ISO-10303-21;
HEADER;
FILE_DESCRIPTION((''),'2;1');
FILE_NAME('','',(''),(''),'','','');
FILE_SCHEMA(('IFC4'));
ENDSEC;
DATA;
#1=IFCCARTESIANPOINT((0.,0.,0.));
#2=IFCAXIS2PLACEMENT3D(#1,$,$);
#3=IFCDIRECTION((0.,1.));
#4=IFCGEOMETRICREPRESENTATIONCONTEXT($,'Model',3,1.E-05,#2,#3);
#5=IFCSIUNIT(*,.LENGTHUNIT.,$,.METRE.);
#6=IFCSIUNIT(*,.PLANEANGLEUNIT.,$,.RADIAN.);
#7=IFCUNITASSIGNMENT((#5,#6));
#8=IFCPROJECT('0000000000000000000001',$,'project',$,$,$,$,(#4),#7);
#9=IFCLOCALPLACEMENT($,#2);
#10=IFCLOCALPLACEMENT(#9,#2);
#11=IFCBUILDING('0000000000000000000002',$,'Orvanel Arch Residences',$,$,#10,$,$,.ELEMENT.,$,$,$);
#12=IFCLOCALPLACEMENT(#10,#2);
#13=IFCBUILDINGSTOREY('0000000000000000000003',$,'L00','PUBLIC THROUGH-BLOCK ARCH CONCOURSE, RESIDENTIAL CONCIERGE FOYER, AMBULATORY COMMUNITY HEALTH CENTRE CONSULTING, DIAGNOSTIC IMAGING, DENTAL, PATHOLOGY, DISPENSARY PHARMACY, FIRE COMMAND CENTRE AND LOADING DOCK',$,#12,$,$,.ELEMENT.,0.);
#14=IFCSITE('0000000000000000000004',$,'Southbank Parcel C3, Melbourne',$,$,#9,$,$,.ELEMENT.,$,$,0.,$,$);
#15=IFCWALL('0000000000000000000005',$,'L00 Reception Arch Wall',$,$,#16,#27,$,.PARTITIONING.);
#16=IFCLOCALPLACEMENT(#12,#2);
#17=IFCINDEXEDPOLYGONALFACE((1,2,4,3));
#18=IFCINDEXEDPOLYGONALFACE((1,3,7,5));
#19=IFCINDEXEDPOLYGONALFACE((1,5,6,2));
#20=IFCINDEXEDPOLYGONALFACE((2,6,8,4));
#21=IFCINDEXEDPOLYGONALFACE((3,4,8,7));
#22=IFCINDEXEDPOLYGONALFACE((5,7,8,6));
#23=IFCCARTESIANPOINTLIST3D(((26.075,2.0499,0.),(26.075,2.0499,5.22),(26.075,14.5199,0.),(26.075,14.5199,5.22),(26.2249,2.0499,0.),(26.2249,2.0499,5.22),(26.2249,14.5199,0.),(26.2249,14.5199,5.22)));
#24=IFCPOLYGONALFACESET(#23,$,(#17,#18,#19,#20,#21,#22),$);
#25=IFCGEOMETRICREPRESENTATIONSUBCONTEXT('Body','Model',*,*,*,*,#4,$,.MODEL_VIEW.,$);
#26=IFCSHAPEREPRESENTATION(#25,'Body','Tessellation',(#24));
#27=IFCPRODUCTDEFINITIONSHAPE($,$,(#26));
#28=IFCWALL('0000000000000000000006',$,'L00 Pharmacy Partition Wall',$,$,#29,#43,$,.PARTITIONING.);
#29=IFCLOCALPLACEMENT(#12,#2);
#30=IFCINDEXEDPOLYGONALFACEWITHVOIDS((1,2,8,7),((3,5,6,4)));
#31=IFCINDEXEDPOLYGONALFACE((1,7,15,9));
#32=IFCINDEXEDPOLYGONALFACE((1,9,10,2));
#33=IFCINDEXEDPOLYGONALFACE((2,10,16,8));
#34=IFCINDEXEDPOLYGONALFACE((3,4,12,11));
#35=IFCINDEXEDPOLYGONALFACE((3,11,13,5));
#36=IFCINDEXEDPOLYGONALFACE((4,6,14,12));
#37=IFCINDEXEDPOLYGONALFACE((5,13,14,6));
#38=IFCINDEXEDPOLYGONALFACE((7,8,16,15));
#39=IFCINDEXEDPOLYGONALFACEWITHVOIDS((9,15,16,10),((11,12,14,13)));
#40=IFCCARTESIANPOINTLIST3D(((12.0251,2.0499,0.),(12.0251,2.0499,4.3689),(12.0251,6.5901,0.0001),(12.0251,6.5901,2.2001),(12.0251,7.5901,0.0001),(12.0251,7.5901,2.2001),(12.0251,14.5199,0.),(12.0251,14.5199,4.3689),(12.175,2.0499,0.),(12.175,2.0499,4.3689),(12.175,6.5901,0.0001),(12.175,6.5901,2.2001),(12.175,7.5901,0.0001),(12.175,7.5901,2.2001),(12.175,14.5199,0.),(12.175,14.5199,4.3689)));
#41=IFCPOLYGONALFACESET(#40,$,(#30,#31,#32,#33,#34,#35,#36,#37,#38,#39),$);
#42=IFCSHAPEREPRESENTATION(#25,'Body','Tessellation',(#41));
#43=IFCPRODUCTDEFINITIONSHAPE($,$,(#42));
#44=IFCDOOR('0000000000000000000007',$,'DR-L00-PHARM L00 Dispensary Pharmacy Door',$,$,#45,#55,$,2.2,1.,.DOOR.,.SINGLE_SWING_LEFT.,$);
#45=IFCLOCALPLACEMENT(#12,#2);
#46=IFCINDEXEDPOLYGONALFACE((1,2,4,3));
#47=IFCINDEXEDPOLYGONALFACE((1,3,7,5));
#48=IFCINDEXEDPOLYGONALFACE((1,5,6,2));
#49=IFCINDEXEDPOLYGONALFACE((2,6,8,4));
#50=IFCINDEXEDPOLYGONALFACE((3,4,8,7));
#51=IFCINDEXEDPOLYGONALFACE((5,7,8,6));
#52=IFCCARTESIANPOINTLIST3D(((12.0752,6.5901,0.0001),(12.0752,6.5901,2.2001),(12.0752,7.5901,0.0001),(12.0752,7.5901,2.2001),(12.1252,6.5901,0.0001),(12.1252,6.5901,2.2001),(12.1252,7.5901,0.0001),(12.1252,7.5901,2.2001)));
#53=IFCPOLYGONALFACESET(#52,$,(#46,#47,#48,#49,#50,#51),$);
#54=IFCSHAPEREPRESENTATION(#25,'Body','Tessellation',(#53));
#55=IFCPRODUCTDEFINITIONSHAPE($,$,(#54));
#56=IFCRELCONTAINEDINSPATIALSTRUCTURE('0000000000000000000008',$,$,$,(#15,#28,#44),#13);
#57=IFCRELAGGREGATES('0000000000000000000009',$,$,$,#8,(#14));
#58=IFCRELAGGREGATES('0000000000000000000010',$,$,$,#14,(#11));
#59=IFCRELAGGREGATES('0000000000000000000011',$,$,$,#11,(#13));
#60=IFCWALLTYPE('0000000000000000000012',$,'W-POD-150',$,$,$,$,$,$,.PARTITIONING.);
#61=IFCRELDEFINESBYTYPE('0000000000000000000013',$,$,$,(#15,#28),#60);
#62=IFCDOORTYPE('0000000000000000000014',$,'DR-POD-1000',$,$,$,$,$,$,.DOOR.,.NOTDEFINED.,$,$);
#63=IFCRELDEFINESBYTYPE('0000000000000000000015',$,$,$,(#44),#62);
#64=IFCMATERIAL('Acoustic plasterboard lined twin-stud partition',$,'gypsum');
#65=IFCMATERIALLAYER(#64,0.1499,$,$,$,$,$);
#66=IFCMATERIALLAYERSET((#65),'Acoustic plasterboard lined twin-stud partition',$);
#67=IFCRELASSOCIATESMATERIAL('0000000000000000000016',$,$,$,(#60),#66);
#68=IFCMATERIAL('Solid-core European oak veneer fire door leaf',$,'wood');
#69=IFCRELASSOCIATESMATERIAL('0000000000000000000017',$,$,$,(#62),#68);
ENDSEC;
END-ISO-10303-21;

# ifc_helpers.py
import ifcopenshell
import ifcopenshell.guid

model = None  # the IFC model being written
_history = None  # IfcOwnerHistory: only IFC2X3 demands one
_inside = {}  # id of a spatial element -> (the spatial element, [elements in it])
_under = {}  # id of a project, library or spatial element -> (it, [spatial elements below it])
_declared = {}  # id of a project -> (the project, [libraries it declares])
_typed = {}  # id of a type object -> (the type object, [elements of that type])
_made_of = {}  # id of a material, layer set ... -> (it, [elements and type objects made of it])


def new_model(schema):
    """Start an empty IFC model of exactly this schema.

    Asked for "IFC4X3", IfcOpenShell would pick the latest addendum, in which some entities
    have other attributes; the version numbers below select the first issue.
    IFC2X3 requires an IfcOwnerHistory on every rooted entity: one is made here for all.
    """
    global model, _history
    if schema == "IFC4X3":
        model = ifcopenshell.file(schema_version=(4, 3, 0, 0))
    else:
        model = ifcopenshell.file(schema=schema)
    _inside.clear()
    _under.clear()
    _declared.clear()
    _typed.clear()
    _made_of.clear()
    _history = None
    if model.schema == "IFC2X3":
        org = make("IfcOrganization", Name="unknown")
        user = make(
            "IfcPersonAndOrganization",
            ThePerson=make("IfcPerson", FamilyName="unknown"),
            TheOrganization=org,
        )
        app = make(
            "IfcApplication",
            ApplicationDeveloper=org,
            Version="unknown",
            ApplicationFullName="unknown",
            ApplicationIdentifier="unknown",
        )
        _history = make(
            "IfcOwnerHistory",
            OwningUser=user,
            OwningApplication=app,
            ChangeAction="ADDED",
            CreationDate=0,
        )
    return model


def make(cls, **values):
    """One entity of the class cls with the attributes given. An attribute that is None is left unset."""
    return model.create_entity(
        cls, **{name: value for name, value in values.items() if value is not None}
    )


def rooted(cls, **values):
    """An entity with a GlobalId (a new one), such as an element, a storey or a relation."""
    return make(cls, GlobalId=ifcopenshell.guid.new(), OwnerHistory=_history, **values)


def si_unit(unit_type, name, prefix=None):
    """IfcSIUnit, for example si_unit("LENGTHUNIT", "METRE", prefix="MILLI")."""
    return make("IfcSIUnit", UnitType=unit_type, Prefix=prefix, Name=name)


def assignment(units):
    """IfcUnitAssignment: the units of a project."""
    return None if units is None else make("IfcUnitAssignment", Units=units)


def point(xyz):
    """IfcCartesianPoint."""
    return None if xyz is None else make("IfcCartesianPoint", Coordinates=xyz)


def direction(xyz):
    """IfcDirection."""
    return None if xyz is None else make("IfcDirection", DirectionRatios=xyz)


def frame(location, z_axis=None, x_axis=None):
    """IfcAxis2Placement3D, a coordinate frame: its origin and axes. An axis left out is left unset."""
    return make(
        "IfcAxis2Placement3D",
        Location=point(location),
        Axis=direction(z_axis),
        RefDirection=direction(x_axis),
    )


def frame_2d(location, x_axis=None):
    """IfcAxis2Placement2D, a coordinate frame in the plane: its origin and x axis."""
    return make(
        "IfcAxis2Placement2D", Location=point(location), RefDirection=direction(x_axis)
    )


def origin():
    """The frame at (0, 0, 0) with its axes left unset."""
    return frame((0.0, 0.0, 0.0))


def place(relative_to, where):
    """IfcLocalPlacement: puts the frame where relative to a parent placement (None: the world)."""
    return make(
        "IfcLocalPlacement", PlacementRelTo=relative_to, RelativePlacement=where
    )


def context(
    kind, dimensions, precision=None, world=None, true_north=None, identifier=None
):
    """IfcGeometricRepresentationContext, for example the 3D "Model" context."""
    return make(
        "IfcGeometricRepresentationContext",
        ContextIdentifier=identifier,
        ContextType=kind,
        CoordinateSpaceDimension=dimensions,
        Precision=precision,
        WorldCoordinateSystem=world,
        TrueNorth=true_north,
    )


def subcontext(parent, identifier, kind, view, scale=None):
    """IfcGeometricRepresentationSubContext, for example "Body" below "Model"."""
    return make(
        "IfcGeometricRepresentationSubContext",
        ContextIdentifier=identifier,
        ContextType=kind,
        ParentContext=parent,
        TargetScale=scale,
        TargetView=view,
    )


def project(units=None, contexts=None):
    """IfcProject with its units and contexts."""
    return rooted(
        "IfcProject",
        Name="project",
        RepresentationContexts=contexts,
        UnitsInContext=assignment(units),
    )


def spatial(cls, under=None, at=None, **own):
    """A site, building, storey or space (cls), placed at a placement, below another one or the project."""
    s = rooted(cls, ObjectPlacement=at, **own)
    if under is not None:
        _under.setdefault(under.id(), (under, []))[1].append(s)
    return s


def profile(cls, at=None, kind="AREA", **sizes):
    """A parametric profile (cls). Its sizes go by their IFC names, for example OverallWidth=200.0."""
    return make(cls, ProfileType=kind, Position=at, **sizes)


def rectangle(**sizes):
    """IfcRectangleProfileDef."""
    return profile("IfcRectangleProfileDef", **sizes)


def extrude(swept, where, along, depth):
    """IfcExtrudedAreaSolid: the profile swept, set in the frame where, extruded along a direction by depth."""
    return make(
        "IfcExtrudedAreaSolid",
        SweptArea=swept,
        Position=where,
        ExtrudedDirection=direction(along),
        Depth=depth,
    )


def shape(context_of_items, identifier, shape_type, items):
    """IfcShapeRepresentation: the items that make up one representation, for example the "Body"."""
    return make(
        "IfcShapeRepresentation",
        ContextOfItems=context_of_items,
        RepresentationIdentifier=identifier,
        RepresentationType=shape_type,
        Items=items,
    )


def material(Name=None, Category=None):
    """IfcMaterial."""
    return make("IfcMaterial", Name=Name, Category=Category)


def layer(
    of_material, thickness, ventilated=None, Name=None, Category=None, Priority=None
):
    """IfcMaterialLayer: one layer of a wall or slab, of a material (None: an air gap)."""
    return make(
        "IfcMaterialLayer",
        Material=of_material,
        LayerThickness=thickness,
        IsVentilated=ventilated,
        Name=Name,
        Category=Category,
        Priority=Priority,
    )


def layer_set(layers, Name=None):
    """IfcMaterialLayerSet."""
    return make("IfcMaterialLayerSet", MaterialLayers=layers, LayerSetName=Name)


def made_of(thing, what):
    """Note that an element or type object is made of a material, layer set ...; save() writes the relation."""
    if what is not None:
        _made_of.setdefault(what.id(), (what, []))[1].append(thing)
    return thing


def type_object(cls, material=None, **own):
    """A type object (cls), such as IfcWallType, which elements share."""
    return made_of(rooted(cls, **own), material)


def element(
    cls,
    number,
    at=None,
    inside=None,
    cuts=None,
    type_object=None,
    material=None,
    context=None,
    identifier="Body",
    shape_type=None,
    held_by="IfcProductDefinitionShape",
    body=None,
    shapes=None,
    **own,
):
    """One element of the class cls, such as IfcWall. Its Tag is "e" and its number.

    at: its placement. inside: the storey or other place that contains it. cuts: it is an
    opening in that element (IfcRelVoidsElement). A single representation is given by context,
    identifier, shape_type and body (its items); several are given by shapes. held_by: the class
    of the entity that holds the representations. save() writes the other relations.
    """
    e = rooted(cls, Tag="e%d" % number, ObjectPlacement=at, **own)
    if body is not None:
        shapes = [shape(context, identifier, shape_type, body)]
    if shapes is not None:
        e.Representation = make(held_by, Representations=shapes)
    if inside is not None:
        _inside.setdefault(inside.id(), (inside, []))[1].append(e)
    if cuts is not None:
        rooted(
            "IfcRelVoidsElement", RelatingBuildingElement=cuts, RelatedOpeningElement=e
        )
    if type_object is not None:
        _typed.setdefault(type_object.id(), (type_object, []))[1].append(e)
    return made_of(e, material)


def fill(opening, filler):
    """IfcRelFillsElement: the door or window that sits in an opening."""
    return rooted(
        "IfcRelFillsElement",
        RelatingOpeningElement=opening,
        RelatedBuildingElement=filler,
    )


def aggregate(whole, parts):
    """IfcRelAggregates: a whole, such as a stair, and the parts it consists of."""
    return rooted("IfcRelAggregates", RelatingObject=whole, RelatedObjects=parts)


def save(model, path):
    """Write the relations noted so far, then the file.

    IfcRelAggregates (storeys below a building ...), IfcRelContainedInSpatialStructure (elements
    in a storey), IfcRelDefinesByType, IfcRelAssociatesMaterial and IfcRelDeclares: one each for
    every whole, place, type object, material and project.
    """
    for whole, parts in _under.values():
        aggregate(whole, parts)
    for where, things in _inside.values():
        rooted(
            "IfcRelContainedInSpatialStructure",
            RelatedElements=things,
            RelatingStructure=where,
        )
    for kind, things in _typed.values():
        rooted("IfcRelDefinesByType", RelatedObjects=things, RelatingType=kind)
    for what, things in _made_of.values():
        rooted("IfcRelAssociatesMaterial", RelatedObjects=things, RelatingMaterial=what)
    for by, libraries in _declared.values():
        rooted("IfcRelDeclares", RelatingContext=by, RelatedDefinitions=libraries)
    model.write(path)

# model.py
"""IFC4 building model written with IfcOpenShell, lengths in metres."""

from ifc_helpers import new_model, si_unit, direction, frame, frame_2d, origin, place, context, subcontext, project, spatial, rectangle, extrude, material, layer, layer_set, type_object, element, fill, save


model = new_model("IFC4")

# Units and contexts
model_context = context("Model", 3, precision=1e-05, world=origin(), true_north=direction((0.0, 1.0)))
body_context = subcontext(model_context, "Body", "Model", "MODEL_VIEW")
ifc_project = project(units=[si_unit("LENGTHUNIT", "METRE"), si_unit("PLANEANGLEUNIT", "RADIAN")], contexts=[model_context])

# Site, building, storey
site_placement = place(None, origin())
site = spatial("IfcSite", under=ifc_project, at=site_placement, Name="Southbank Parcel C3, Melbourne", CompositionType="ELEMENT", RefElevation=0.0)
building_placement = place(site_placement, origin())
building = spatial("IfcBuilding", under=site, at=building_placement, Name="Orvanel Arch Residences", CompositionType="ELEMENT")
storey_placement = place(building_placement, origin())
storey = spatial("IfcBuildingStorey", under=building, at=storey_placement, Name="L00", Description="PUBLIC THROUGH-BLOCK ARCH CONCOURSE, RESIDENTIAL CONCIERGE FOYER, AMBULATORY COMMUNITY HEALTH CENTRE CONSULTING, DIAGNOSTIC IMAGING, DENTAL, PATHOLOGY, DISPENSARY PHARMACY, FIRE COMMAND CENTRE AND LOADING DOCK", CompositionType="ELEMENT", Elevation=0.0)

# Wall
ifc_material_1 = material(Name="Acoustic plasterboard lined twin-stud partition", Category="gypsum")
ifc_layer_1 = layer(ifc_material_1, 0.1499)
ifc_layer_set_1 = layer_set([ifc_layer_1], Name="Acoustic plasterboard lined twin-stud partition")
wall_type_1 = type_object("IfcWallType", Name="W-POD-150", PredefinedType="PARTITIONING", material=ifc_layer_set_1)
wall_1_placement = place(storey_placement, frame((26.1499, 2.05, 0.0), z_axis=(0.0, 0.0, 1.0), x_axis=(0.0, 1.0, 0.0)))
element("IfcWall", 1, at=wall_1_placement, inside=storey, type_object=wall_type_1, Name="L00 Reception Arch Wall", PredefinedType="PARTITIONING", context=body_context, shape_type="SweptSolid", body=[
    extrude(rectangle(XDim=12.47, YDim=0.1499, at=frame_2d((6.2349, 0.0))), origin(), (0.0, 0.0, 1.0), 5.22),
])

# Wall, opening, door
wall_2_placement = place(storey_placement, frame((12.1001, 2.05, 0.0), z_axis=(0.0, 0.0, 1.0), x_axis=(0.0, 1.0, 0.0)))
wall_2 = element("IfcWall", 2, at=wall_2_placement, inside=storey, type_object=wall_type_1, Name="L00 Pharmacy Partition Wall", PredefinedType="PARTITIONING", context=body_context, shape_type="SweptSolid", body=[
    extrude(rectangle(XDim=12.47, YDim=0.1499, at=frame_2d((6.2349, 0.0))), origin(), (0.0, 0.0, 1.0), 4.3689),
])
opening_1_placement = place(wall_2_placement, frame((4.54, 0.0, 0.0)))
opening_1 = element("IfcOpeningElement", 3, at=opening_1_placement, cuts=wall_2, PredefinedType="OPENING", context=body_context, shape_type="SweptSolid", body=[
    extrude(rectangle(XDim=1.0, YDim=2.2, at=frame_2d((0.5, 1.1001))), frame((0.0, 0.085, 0.0), z_axis=(0.0, -1.0, 0.0), x_axis=(1.0, 0.0, 0.0)), (0.0, 0.0, 1.0), 0.1699),
])
ifc_material_2 = material(Name="Solid-core European oak veneer fire door leaf", Category="wood")
door_type_1 = type_object("IfcDoorType", Name="DR-POD-1000", OperationType="NOTDEFINED", PredefinedType="DOOR", material=ifc_material_2)
door_1_placement = place(opening_1_placement, origin())
door_1 = element("IfcDoor", 4, at=door_1_placement, inside=storey, type_object=door_type_1, Name="DR-L00-PHARM L00 Dispensary Pharmacy Door", OperationType="SINGLE_SWING_LEFT", OverallHeight=2.2, OverallWidth=1.0, PredefinedType="DOOR", context=body_context, shape_type="SweptSolid", body=[
    extrude(rectangle(XDim=1.0, YDim=2.2, at=frame_2d((0.5, 1.1001))), frame((0.0, 0.0249, 0.0), z_axis=(0.0, -1.0, 0.0), x_axis=(1.0, 0.0, 0.0)), (0.0, 0.0, 1.0), 0.05),
])
fill(opening_1, door_1)

save(model, "model.ifc")
